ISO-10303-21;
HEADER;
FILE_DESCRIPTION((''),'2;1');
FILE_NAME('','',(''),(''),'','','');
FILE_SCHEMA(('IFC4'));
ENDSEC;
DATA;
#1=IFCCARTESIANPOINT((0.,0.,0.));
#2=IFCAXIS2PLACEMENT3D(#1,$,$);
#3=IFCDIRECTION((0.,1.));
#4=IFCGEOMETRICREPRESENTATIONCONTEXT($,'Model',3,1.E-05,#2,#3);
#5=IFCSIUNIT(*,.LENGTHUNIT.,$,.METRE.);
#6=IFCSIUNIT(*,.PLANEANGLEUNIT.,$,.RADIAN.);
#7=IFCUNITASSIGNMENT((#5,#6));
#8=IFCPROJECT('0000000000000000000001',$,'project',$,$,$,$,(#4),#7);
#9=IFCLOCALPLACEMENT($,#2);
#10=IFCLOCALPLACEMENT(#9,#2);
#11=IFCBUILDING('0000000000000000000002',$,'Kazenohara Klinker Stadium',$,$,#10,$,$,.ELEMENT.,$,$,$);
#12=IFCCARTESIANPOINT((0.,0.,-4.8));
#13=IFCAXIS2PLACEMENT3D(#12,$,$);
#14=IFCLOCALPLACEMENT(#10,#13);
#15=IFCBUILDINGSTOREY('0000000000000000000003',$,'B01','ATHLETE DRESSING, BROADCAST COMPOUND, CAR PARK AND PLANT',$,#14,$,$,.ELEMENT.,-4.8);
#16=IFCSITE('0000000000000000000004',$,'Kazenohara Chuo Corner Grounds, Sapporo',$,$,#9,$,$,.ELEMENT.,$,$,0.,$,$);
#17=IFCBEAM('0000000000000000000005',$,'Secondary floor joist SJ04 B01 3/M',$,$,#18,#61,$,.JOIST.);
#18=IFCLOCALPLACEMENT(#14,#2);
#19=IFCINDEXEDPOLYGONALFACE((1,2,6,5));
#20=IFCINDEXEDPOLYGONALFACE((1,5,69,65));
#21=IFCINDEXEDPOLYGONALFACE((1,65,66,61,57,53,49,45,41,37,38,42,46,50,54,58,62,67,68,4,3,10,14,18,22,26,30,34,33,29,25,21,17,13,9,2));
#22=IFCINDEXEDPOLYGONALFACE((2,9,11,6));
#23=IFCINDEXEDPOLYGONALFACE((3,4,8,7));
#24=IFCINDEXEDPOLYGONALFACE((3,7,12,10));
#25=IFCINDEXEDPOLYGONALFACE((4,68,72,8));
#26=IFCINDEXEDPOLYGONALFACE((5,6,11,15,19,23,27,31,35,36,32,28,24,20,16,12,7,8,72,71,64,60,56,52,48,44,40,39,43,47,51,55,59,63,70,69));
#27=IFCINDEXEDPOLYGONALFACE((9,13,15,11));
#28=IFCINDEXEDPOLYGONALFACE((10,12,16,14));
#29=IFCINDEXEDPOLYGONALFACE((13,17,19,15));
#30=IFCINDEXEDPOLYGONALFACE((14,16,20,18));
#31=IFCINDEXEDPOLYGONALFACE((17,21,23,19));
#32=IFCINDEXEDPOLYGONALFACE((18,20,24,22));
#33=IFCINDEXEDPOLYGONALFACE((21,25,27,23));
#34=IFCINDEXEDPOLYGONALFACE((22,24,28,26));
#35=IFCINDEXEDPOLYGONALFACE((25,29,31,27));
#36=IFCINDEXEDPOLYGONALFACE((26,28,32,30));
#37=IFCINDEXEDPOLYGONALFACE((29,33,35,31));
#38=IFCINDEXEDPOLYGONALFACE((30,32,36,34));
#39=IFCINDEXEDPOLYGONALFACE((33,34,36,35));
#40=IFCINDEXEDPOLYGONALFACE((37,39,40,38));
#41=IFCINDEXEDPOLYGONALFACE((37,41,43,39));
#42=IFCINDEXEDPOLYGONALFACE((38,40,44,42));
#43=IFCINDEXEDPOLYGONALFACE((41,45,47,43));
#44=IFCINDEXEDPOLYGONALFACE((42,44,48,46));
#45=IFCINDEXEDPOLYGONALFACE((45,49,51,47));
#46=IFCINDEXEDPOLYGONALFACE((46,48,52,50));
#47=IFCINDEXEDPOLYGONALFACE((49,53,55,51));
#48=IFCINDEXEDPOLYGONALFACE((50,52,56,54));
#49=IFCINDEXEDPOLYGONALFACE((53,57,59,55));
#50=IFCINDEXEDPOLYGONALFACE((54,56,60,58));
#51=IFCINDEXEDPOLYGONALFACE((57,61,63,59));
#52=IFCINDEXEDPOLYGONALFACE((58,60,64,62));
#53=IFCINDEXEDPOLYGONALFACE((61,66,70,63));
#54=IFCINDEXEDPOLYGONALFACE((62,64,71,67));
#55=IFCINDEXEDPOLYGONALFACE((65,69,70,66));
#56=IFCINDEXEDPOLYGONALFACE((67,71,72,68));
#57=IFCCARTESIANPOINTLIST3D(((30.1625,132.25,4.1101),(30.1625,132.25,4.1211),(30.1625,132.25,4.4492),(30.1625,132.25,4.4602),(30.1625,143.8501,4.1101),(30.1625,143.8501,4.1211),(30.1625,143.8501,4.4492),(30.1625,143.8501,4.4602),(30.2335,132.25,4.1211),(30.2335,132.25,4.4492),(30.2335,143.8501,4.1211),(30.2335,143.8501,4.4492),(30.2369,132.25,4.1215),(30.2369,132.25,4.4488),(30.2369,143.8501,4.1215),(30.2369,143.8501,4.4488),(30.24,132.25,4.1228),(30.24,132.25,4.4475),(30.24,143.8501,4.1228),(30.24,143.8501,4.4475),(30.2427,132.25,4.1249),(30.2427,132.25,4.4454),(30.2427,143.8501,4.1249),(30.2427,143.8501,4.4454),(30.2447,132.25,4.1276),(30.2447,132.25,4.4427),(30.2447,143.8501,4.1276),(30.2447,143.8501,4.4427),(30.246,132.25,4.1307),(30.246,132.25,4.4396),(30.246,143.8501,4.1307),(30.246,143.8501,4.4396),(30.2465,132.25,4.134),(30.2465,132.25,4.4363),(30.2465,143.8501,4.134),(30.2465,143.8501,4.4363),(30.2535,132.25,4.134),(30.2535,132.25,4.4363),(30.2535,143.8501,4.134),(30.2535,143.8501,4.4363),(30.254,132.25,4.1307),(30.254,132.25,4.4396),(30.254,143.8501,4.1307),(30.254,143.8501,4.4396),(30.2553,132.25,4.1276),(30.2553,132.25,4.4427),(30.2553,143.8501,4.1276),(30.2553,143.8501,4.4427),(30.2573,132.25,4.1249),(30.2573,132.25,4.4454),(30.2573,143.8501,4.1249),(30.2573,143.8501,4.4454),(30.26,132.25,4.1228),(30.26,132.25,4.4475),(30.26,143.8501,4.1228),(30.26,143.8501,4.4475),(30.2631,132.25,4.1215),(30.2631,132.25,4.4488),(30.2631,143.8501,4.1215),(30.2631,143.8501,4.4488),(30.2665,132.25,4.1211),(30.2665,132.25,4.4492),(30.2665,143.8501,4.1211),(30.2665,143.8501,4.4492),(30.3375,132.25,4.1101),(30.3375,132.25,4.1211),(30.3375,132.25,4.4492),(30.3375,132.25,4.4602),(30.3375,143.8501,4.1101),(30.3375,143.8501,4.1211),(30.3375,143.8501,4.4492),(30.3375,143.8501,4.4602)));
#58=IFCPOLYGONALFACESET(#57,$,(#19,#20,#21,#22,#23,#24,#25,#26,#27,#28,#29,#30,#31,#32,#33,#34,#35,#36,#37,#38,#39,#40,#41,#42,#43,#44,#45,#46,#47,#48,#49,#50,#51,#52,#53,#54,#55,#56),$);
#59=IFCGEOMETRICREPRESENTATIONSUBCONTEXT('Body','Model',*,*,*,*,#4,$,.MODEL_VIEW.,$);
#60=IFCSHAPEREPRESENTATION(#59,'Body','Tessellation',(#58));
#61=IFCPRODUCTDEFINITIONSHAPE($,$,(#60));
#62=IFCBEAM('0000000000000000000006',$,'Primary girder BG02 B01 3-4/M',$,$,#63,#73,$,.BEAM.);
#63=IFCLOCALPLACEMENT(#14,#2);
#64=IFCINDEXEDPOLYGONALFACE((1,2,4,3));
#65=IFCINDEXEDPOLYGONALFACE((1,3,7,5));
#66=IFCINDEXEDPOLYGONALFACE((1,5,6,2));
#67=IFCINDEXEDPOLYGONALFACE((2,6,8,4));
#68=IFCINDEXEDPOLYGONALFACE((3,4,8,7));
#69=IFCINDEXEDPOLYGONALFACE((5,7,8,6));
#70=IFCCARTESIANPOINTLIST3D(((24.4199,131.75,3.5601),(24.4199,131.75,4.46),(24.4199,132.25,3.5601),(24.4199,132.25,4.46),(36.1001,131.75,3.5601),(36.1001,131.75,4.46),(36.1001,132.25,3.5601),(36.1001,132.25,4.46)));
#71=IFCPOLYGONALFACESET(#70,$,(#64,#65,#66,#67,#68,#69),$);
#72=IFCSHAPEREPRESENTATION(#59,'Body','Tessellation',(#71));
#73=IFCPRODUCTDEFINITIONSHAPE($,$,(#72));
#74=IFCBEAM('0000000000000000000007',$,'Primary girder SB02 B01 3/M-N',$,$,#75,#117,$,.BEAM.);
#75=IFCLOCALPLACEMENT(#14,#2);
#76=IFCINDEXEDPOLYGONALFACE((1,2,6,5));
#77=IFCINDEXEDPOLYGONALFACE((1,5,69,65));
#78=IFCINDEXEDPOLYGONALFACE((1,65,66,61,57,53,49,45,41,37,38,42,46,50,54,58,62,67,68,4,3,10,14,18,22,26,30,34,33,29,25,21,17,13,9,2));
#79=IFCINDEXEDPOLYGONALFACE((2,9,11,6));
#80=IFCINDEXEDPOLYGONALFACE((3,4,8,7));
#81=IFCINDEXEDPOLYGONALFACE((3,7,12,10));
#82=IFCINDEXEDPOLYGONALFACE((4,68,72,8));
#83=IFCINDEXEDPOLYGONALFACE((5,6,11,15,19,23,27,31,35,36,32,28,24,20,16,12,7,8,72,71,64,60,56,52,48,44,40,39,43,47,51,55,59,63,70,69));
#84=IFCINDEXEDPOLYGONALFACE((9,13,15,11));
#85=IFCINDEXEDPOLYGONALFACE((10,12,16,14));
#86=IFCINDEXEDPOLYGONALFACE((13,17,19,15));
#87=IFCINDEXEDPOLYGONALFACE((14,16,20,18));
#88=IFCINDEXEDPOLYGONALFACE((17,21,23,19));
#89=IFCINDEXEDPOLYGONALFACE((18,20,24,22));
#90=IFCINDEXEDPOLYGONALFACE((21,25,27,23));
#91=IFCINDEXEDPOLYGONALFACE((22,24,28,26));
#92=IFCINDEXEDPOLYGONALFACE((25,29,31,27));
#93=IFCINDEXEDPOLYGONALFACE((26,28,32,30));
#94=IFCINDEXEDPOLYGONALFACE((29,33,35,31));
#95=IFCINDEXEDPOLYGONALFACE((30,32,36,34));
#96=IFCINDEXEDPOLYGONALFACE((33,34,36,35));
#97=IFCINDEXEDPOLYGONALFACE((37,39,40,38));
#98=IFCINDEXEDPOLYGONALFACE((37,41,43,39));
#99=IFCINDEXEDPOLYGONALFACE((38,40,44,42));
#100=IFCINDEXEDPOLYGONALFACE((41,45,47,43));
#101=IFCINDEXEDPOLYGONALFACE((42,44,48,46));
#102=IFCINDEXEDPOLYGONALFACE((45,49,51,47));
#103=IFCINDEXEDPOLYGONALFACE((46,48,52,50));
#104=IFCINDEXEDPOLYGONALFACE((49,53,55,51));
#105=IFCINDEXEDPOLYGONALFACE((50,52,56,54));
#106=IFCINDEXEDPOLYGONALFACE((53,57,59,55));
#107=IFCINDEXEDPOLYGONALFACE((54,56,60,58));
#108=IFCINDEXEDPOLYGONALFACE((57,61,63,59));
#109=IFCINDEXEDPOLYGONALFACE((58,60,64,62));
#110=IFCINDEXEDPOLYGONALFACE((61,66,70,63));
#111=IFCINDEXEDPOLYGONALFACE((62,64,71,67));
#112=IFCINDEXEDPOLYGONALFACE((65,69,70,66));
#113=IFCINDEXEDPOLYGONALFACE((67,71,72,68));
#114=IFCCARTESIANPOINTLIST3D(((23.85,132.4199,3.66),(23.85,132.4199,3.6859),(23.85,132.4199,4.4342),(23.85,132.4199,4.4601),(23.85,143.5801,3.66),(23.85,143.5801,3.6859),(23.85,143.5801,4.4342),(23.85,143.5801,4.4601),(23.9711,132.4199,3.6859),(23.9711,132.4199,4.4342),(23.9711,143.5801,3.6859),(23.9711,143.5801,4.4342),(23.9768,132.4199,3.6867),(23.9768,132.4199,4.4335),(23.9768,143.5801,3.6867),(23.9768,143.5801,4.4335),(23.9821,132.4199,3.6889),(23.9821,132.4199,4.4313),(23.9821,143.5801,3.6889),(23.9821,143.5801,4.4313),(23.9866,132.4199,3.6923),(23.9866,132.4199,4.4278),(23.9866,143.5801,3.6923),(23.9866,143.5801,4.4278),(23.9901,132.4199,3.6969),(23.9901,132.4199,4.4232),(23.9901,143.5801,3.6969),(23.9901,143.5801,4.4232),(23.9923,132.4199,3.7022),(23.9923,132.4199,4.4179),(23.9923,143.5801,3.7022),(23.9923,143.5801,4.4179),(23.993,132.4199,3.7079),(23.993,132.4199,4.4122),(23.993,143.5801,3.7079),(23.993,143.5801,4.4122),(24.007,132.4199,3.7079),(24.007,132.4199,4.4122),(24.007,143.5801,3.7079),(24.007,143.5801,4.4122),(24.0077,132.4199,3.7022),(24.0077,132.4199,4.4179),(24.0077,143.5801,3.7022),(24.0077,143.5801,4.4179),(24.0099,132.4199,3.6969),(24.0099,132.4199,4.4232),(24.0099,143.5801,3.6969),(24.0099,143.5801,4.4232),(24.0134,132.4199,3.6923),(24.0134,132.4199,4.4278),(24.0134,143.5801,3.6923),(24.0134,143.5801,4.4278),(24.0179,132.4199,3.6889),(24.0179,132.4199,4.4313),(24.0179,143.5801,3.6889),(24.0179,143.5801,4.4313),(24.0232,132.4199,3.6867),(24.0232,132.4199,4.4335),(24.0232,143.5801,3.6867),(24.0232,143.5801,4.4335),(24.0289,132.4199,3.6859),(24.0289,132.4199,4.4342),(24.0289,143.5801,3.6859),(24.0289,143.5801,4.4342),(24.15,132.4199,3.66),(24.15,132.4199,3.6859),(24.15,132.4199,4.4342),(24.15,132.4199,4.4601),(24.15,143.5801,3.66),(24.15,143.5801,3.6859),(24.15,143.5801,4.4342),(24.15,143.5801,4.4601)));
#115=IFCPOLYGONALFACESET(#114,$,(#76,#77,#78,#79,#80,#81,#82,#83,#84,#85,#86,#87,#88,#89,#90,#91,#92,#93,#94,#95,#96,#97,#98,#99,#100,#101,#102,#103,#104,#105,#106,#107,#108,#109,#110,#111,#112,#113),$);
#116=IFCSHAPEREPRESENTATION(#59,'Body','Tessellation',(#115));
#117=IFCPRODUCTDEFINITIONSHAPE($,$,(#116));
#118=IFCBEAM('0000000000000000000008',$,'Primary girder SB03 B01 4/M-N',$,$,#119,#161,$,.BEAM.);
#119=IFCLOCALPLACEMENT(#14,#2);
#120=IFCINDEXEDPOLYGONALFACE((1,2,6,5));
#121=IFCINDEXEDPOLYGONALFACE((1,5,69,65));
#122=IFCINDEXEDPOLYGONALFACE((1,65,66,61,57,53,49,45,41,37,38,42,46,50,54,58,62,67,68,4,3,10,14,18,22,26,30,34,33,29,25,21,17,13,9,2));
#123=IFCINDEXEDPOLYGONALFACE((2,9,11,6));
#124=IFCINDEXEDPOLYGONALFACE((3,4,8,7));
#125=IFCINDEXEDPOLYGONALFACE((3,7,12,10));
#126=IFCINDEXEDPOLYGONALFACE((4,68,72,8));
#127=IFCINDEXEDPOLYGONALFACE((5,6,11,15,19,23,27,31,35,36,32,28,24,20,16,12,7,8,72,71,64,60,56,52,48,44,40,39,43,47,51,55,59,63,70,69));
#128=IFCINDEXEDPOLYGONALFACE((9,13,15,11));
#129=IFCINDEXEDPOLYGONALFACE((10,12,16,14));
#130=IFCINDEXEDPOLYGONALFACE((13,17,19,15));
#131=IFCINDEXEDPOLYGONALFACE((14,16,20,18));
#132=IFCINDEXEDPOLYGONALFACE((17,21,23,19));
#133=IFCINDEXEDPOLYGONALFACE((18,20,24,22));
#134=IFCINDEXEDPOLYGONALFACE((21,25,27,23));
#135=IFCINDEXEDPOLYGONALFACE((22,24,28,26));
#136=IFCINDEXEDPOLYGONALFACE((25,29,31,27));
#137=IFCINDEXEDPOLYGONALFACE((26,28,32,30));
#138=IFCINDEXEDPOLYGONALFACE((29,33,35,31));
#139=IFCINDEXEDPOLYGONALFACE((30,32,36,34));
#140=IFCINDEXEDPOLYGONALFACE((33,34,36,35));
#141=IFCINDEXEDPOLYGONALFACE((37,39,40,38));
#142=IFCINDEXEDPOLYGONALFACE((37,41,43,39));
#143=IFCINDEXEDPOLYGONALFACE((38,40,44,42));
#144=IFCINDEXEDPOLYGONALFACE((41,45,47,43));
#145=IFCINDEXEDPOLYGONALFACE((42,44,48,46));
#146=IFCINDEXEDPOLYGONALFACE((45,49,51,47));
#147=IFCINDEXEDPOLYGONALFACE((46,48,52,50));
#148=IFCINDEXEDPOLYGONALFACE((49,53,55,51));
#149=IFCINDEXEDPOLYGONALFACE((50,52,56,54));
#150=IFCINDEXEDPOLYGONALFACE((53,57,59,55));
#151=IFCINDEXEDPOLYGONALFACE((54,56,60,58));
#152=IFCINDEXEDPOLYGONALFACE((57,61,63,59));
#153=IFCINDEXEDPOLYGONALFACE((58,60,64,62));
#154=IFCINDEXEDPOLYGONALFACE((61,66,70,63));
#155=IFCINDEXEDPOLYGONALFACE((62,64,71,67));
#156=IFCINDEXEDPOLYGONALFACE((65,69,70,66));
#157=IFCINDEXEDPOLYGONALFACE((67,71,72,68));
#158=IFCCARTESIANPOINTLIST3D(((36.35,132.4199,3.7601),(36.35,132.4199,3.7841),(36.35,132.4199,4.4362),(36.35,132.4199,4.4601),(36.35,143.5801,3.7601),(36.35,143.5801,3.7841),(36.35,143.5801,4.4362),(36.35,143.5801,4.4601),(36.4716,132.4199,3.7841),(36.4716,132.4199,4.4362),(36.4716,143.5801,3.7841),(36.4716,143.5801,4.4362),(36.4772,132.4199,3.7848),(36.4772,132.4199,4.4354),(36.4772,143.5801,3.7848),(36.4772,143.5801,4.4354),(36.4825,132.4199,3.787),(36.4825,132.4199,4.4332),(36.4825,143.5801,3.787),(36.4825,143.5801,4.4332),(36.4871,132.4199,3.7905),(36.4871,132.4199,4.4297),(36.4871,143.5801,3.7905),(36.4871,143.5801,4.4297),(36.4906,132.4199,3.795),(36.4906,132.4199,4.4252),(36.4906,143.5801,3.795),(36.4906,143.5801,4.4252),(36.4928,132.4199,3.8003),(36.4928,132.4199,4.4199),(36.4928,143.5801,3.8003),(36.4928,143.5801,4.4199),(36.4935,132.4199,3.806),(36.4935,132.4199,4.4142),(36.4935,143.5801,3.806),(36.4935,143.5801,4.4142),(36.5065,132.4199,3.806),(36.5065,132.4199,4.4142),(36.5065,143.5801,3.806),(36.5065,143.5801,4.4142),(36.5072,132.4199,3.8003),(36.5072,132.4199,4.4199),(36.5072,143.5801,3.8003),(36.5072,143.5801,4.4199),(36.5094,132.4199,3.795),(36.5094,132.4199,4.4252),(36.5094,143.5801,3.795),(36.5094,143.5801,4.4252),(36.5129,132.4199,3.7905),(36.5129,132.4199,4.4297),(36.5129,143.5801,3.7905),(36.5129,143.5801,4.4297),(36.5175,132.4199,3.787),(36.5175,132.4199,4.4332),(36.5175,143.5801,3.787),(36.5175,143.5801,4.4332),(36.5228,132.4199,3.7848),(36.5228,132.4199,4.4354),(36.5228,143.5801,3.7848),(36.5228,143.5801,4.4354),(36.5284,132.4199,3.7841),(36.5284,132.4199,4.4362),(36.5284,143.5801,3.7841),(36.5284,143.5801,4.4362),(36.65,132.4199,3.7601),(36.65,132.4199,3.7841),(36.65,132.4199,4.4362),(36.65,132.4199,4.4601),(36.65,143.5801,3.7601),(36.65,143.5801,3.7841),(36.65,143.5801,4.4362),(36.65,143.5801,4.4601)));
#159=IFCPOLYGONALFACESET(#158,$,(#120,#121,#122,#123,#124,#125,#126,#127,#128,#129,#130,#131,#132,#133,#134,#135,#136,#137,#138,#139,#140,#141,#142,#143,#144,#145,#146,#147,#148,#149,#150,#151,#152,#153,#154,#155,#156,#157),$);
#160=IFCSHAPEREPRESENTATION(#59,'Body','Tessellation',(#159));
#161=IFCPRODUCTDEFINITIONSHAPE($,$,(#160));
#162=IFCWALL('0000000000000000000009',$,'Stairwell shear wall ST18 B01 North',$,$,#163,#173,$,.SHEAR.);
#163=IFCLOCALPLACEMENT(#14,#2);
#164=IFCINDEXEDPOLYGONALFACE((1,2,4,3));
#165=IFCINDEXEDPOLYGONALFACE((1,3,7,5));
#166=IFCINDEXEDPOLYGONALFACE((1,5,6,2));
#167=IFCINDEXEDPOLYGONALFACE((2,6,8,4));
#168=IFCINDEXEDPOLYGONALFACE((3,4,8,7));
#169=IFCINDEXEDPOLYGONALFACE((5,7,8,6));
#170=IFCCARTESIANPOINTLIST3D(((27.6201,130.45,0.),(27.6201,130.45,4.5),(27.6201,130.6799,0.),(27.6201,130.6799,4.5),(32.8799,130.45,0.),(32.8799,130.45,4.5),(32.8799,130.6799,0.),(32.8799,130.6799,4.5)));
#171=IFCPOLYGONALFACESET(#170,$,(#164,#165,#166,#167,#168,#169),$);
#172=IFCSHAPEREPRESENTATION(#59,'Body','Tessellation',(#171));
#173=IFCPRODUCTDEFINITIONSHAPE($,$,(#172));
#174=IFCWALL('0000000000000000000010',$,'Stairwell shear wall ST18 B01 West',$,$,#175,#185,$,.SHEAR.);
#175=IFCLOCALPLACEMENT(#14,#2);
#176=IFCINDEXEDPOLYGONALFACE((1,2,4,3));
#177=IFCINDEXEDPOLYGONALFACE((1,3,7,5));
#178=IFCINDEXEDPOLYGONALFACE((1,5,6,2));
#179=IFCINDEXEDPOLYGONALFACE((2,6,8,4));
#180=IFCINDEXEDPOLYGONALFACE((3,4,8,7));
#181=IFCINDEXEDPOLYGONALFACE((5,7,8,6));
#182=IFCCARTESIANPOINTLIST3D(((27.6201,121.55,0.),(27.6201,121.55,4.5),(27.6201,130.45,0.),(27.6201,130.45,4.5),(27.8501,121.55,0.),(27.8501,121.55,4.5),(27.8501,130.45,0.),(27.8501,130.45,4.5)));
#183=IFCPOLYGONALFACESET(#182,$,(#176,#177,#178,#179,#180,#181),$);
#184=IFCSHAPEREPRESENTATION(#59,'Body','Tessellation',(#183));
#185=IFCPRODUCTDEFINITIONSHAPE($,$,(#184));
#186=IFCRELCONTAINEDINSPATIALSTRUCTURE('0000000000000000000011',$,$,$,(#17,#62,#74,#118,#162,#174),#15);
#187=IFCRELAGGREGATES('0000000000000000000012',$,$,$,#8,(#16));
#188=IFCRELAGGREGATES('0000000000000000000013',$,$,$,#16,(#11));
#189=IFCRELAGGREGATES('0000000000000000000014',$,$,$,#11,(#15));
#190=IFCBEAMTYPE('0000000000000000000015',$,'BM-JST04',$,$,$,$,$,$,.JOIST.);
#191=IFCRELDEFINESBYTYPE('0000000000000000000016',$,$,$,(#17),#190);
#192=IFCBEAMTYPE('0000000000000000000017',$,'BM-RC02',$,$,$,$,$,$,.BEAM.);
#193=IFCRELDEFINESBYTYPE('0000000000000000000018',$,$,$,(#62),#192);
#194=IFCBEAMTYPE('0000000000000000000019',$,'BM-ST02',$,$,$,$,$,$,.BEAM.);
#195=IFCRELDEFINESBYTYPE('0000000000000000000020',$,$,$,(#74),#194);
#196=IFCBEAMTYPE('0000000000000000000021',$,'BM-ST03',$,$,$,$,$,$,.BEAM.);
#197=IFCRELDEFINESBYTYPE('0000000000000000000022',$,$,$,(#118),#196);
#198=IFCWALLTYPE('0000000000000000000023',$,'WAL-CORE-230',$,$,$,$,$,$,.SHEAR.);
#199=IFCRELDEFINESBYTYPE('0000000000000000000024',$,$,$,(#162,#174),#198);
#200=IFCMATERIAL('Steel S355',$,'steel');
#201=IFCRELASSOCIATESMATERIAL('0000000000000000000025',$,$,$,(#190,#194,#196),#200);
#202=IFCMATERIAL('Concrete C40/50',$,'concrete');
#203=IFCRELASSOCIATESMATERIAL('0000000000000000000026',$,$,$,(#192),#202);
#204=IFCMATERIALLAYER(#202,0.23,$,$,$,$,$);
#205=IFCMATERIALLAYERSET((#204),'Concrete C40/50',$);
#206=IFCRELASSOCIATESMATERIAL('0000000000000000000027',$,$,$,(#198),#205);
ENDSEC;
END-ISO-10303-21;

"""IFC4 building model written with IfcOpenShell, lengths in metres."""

from ifc_helpers import new_model, si_unit, direction, frame, frame_2d, origin, origin_2d, place, context, subcontext, project, spatial, rectangle, i_section, extrude, material, layer, layer_set, material_profile, profile_set, type_object, element, save


model = new_model("IFC4")

# Units and contexts
model_context = context("Model", 3, precision=1e-05, world=origin(), true_north=direction((0.0, 1.0)))
body_context = subcontext(model_context, "Body", "Model", "MODEL_VIEW")
ifc_project = project(units=[si_unit("LENGTHUNIT", "METRE"), si_unit("PLANEANGLEUNIT", "RADIAN")], contexts=[model_context])

# Site, building, storey
site_placement = place(None, origin())
site = spatial("IfcSite", under=ifc_project, at=site_placement, Name="Kazenohara Chuo Corner Grounds, Sapporo", CompositionType="ELEMENT", RefElevation=0.0)
building_placement = place(site_placement, origin())
building = spatial("IfcBuilding", under=site, at=building_placement, Name="Kazenohara Klinker Stadium", CompositionType="ELEMENT")
storey_placement = place(building_placement, frame((0.0, 0.0, -4.8)))
storey = spatial("IfcBuildingStorey", under=building, at=storey_placement, Name="B01", Description="ATHLETE DRESSING, BROADCAST COMPOUND, CAR PARK AND PLANT", CompositionType="ELEMENT", Elevation=-4.8)

# Shared definitions
ifc_material_1 = material(Name="Concrete C40/50", Category="concrete")

# Beams
ifc_material_2 = material(Name="Steel S355", Category="steel")
ifc_material_profile_1 = material_profile(ifc_material_2, i_section(OverallWidth=0.175, OverallDepth=0.3501, WebThickness=0.0071, FlangeThickness=0.011, FilletRadius=0.0129, at=origin_2d()), Name="H-350x175x7x11")
ifc_profile_set_1 = profile_set([ifc_material_profile_1], Name="Steel S355")
beam_type_1 = type_object("IfcBeamType", Name="BM-JST04", PredefinedType="JOIST", material=ifc_profile_set_1)
beam_1_placement = place(storey_placement, frame((30.25, 132.25, 4.2852), z_axis=(0.0, 1.0, 0.0), x_axis=(-1.0, 0.0, 0.0)))
element("IfcBeam", 1, at=beam_1_placement, inside=storey, type_object=beam_type_1, Name="Secondary floor joist SJ04 B01 3/M", PredefinedType="JOIST", context=body_context, shape_type="SweptSolid", body=[
    extrude(i_section(OverallWidth=0.175, OverallDepth=0.3501, WebThickness=0.0071, FlangeThickness=0.011, FilletRadius=0.0129, at=origin_2d()), origin(), (0.0, 0.0, 1.0), 11.6001),
])
ifc_material_profile_2 = material_profile(ifc_material_1, rectangle(XDim=0.5, YDim=0.8999, at=origin_2d()), Name="RC-BM-500x900")
ifc_profile_set_2 = profile_set([ifc_material_profile_2], Name="Concrete C40/50")
beam_type_2 = type_object("IfcBeamType", Name="BM-RC02", PredefinedType="BEAM", material=ifc_profile_set_2)
beam_2_placement = place(storey_placement, frame((24.4199, 132.0, 4.01), z_axis=(1.0, 0.0, 0.0), x_axis=(0.0, 1.0, 0.0)))
element("IfcBeam", 2, at=beam_2_placement, inside=storey, type_object=beam_type_2, Name="Primary girder BG02 B01 3-4/M", PredefinedType="BEAM", context=body_context, shape_type="SweptSolid", body=[
    extrude(rectangle(XDim=0.5, YDim=0.8999, at=origin_2d()), origin(), (0.0, 0.0, 1.0), 11.6802),
])
ifc_material_profile_3 = material_profile(ifc_material_2, i_section(OverallWidth=0.3, OverallDepth=0.8, WebThickness=0.0139, FlangeThickness=0.0259, FilletRadius=0.022, at=origin_2d()), Name="H-800x300x14x26")
ifc_profile_set_3 = profile_set([ifc_material_profile_3], Name="Steel S355")
beam_type_3 = type_object("IfcBeamType", Name="BM-ST02", PredefinedType="BEAM", material=ifc_profile_set_3)
beam_3_placement = place(storey_placement, frame((24.0, 132.4199, 4.0601), z_axis=(0.0, 1.0, 0.0), x_axis=(-1.0, 0.0, 0.0)))
element("IfcBeam", 3, at=beam_3_placement, inside=storey, type_object=beam_type_3, Name="Primary girder SB02 B01 3/M-N", PredefinedType="BEAM", context=body_context, shape_type="SweptSolid", body=[
    extrude(i_section(OverallWidth=0.3, OverallDepth=0.8, WebThickness=0.0139, FlangeThickness=0.0259, FilletRadius=0.022, at=origin_2d()), origin(), (0.0, 0.0, 1.0), 11.1602),
])
ifc_material_profile_4 = material_profile(ifc_material_2, i_section(OverallWidth=0.3, OverallDepth=0.7, WebThickness=0.0129, FlangeThickness=0.0239, FilletRadius=0.022, at=origin_2d()), Name="H-700x300x13x24")
ifc_profile_set_4 = profile_set([ifc_material_profile_4], Name="Steel S355")
beam_type_4 = type_object("IfcBeamType", Name="BM-ST03", PredefinedType="BEAM", material=ifc_profile_set_4)
beam_4_placement = place(storey_placement, frame((36.5, 132.4199, 4.1101), z_axis=(0.0, 1.0, 0.0), x_axis=(-1.0, 0.0, 0.0)))
element("IfcBeam", 4, at=beam_4_placement, inside=storey, type_object=beam_type_4, Name="Primary girder SB03 B01 4/M-N", PredefinedType="BEAM", context=body_context, shape_type="SweptSolid", body=[
    extrude(i_section(OverallWidth=0.3, OverallDepth=0.7, WebThickness=0.0129, FlangeThickness=0.0239, FilletRadius=0.022, at=origin_2d()), origin(), (0.0, 0.0, 1.0), 11.1602),
])

# Walls
ifc_layer_1 = layer(ifc_material_1, 0.23)
ifc_layer_set_1 = layer_set([ifc_layer_1], Name="Concrete C40/50")
wall_type_1 = type_object("IfcWallType", Name="WAL-CORE-230", PredefinedType="SHEAR", material=ifc_layer_set_1)
wall_1_placement = place(storey_placement, frame((27.6201, 130.5649, 0.0), z_axis=(0.0, 0.0, 1.0), x_axis=(1.0, 0.0, 0.0)))
element("IfcWall", 5, at=wall_1_placement, inside=storey, type_object=wall_type_1, Name="Stairwell shear wall ST18 B01 North", PredefinedType="SHEAR", context=body_context, shape_type="SweptSolid", body=[
    extrude(rectangle(XDim=5.2598, YDim=0.23, at=frame_2d((2.6299, 0.0))), origin(), (0.0, 0.0, 1.0), 4.5),
])
for number, where, z_axis, x_axis, name in (
    (6, (27.7351, 121.55, 0.0), (0.0, 0.0, 1.0), (0.0, 1.0, 0.0), "Stairwell shear wall ST18 B01 West"),
):
    element("IfcWall", number, at=place(storey_placement, frame(where, z_axis=z_axis, x_axis=x_axis)), inside=storey, type_object=wall_type_1, Name=name, PredefinedType="SHEAR", context=body_context, shape_type="SweptSolid", body=[
        extrude(rectangle(XDim=8.8999, YDim=0.23, at=frame_2d((4.45, 0.0))), origin(), (0.0, 0.0, 1.0), 4.5),
    ])

save(model, "model.ifc")
